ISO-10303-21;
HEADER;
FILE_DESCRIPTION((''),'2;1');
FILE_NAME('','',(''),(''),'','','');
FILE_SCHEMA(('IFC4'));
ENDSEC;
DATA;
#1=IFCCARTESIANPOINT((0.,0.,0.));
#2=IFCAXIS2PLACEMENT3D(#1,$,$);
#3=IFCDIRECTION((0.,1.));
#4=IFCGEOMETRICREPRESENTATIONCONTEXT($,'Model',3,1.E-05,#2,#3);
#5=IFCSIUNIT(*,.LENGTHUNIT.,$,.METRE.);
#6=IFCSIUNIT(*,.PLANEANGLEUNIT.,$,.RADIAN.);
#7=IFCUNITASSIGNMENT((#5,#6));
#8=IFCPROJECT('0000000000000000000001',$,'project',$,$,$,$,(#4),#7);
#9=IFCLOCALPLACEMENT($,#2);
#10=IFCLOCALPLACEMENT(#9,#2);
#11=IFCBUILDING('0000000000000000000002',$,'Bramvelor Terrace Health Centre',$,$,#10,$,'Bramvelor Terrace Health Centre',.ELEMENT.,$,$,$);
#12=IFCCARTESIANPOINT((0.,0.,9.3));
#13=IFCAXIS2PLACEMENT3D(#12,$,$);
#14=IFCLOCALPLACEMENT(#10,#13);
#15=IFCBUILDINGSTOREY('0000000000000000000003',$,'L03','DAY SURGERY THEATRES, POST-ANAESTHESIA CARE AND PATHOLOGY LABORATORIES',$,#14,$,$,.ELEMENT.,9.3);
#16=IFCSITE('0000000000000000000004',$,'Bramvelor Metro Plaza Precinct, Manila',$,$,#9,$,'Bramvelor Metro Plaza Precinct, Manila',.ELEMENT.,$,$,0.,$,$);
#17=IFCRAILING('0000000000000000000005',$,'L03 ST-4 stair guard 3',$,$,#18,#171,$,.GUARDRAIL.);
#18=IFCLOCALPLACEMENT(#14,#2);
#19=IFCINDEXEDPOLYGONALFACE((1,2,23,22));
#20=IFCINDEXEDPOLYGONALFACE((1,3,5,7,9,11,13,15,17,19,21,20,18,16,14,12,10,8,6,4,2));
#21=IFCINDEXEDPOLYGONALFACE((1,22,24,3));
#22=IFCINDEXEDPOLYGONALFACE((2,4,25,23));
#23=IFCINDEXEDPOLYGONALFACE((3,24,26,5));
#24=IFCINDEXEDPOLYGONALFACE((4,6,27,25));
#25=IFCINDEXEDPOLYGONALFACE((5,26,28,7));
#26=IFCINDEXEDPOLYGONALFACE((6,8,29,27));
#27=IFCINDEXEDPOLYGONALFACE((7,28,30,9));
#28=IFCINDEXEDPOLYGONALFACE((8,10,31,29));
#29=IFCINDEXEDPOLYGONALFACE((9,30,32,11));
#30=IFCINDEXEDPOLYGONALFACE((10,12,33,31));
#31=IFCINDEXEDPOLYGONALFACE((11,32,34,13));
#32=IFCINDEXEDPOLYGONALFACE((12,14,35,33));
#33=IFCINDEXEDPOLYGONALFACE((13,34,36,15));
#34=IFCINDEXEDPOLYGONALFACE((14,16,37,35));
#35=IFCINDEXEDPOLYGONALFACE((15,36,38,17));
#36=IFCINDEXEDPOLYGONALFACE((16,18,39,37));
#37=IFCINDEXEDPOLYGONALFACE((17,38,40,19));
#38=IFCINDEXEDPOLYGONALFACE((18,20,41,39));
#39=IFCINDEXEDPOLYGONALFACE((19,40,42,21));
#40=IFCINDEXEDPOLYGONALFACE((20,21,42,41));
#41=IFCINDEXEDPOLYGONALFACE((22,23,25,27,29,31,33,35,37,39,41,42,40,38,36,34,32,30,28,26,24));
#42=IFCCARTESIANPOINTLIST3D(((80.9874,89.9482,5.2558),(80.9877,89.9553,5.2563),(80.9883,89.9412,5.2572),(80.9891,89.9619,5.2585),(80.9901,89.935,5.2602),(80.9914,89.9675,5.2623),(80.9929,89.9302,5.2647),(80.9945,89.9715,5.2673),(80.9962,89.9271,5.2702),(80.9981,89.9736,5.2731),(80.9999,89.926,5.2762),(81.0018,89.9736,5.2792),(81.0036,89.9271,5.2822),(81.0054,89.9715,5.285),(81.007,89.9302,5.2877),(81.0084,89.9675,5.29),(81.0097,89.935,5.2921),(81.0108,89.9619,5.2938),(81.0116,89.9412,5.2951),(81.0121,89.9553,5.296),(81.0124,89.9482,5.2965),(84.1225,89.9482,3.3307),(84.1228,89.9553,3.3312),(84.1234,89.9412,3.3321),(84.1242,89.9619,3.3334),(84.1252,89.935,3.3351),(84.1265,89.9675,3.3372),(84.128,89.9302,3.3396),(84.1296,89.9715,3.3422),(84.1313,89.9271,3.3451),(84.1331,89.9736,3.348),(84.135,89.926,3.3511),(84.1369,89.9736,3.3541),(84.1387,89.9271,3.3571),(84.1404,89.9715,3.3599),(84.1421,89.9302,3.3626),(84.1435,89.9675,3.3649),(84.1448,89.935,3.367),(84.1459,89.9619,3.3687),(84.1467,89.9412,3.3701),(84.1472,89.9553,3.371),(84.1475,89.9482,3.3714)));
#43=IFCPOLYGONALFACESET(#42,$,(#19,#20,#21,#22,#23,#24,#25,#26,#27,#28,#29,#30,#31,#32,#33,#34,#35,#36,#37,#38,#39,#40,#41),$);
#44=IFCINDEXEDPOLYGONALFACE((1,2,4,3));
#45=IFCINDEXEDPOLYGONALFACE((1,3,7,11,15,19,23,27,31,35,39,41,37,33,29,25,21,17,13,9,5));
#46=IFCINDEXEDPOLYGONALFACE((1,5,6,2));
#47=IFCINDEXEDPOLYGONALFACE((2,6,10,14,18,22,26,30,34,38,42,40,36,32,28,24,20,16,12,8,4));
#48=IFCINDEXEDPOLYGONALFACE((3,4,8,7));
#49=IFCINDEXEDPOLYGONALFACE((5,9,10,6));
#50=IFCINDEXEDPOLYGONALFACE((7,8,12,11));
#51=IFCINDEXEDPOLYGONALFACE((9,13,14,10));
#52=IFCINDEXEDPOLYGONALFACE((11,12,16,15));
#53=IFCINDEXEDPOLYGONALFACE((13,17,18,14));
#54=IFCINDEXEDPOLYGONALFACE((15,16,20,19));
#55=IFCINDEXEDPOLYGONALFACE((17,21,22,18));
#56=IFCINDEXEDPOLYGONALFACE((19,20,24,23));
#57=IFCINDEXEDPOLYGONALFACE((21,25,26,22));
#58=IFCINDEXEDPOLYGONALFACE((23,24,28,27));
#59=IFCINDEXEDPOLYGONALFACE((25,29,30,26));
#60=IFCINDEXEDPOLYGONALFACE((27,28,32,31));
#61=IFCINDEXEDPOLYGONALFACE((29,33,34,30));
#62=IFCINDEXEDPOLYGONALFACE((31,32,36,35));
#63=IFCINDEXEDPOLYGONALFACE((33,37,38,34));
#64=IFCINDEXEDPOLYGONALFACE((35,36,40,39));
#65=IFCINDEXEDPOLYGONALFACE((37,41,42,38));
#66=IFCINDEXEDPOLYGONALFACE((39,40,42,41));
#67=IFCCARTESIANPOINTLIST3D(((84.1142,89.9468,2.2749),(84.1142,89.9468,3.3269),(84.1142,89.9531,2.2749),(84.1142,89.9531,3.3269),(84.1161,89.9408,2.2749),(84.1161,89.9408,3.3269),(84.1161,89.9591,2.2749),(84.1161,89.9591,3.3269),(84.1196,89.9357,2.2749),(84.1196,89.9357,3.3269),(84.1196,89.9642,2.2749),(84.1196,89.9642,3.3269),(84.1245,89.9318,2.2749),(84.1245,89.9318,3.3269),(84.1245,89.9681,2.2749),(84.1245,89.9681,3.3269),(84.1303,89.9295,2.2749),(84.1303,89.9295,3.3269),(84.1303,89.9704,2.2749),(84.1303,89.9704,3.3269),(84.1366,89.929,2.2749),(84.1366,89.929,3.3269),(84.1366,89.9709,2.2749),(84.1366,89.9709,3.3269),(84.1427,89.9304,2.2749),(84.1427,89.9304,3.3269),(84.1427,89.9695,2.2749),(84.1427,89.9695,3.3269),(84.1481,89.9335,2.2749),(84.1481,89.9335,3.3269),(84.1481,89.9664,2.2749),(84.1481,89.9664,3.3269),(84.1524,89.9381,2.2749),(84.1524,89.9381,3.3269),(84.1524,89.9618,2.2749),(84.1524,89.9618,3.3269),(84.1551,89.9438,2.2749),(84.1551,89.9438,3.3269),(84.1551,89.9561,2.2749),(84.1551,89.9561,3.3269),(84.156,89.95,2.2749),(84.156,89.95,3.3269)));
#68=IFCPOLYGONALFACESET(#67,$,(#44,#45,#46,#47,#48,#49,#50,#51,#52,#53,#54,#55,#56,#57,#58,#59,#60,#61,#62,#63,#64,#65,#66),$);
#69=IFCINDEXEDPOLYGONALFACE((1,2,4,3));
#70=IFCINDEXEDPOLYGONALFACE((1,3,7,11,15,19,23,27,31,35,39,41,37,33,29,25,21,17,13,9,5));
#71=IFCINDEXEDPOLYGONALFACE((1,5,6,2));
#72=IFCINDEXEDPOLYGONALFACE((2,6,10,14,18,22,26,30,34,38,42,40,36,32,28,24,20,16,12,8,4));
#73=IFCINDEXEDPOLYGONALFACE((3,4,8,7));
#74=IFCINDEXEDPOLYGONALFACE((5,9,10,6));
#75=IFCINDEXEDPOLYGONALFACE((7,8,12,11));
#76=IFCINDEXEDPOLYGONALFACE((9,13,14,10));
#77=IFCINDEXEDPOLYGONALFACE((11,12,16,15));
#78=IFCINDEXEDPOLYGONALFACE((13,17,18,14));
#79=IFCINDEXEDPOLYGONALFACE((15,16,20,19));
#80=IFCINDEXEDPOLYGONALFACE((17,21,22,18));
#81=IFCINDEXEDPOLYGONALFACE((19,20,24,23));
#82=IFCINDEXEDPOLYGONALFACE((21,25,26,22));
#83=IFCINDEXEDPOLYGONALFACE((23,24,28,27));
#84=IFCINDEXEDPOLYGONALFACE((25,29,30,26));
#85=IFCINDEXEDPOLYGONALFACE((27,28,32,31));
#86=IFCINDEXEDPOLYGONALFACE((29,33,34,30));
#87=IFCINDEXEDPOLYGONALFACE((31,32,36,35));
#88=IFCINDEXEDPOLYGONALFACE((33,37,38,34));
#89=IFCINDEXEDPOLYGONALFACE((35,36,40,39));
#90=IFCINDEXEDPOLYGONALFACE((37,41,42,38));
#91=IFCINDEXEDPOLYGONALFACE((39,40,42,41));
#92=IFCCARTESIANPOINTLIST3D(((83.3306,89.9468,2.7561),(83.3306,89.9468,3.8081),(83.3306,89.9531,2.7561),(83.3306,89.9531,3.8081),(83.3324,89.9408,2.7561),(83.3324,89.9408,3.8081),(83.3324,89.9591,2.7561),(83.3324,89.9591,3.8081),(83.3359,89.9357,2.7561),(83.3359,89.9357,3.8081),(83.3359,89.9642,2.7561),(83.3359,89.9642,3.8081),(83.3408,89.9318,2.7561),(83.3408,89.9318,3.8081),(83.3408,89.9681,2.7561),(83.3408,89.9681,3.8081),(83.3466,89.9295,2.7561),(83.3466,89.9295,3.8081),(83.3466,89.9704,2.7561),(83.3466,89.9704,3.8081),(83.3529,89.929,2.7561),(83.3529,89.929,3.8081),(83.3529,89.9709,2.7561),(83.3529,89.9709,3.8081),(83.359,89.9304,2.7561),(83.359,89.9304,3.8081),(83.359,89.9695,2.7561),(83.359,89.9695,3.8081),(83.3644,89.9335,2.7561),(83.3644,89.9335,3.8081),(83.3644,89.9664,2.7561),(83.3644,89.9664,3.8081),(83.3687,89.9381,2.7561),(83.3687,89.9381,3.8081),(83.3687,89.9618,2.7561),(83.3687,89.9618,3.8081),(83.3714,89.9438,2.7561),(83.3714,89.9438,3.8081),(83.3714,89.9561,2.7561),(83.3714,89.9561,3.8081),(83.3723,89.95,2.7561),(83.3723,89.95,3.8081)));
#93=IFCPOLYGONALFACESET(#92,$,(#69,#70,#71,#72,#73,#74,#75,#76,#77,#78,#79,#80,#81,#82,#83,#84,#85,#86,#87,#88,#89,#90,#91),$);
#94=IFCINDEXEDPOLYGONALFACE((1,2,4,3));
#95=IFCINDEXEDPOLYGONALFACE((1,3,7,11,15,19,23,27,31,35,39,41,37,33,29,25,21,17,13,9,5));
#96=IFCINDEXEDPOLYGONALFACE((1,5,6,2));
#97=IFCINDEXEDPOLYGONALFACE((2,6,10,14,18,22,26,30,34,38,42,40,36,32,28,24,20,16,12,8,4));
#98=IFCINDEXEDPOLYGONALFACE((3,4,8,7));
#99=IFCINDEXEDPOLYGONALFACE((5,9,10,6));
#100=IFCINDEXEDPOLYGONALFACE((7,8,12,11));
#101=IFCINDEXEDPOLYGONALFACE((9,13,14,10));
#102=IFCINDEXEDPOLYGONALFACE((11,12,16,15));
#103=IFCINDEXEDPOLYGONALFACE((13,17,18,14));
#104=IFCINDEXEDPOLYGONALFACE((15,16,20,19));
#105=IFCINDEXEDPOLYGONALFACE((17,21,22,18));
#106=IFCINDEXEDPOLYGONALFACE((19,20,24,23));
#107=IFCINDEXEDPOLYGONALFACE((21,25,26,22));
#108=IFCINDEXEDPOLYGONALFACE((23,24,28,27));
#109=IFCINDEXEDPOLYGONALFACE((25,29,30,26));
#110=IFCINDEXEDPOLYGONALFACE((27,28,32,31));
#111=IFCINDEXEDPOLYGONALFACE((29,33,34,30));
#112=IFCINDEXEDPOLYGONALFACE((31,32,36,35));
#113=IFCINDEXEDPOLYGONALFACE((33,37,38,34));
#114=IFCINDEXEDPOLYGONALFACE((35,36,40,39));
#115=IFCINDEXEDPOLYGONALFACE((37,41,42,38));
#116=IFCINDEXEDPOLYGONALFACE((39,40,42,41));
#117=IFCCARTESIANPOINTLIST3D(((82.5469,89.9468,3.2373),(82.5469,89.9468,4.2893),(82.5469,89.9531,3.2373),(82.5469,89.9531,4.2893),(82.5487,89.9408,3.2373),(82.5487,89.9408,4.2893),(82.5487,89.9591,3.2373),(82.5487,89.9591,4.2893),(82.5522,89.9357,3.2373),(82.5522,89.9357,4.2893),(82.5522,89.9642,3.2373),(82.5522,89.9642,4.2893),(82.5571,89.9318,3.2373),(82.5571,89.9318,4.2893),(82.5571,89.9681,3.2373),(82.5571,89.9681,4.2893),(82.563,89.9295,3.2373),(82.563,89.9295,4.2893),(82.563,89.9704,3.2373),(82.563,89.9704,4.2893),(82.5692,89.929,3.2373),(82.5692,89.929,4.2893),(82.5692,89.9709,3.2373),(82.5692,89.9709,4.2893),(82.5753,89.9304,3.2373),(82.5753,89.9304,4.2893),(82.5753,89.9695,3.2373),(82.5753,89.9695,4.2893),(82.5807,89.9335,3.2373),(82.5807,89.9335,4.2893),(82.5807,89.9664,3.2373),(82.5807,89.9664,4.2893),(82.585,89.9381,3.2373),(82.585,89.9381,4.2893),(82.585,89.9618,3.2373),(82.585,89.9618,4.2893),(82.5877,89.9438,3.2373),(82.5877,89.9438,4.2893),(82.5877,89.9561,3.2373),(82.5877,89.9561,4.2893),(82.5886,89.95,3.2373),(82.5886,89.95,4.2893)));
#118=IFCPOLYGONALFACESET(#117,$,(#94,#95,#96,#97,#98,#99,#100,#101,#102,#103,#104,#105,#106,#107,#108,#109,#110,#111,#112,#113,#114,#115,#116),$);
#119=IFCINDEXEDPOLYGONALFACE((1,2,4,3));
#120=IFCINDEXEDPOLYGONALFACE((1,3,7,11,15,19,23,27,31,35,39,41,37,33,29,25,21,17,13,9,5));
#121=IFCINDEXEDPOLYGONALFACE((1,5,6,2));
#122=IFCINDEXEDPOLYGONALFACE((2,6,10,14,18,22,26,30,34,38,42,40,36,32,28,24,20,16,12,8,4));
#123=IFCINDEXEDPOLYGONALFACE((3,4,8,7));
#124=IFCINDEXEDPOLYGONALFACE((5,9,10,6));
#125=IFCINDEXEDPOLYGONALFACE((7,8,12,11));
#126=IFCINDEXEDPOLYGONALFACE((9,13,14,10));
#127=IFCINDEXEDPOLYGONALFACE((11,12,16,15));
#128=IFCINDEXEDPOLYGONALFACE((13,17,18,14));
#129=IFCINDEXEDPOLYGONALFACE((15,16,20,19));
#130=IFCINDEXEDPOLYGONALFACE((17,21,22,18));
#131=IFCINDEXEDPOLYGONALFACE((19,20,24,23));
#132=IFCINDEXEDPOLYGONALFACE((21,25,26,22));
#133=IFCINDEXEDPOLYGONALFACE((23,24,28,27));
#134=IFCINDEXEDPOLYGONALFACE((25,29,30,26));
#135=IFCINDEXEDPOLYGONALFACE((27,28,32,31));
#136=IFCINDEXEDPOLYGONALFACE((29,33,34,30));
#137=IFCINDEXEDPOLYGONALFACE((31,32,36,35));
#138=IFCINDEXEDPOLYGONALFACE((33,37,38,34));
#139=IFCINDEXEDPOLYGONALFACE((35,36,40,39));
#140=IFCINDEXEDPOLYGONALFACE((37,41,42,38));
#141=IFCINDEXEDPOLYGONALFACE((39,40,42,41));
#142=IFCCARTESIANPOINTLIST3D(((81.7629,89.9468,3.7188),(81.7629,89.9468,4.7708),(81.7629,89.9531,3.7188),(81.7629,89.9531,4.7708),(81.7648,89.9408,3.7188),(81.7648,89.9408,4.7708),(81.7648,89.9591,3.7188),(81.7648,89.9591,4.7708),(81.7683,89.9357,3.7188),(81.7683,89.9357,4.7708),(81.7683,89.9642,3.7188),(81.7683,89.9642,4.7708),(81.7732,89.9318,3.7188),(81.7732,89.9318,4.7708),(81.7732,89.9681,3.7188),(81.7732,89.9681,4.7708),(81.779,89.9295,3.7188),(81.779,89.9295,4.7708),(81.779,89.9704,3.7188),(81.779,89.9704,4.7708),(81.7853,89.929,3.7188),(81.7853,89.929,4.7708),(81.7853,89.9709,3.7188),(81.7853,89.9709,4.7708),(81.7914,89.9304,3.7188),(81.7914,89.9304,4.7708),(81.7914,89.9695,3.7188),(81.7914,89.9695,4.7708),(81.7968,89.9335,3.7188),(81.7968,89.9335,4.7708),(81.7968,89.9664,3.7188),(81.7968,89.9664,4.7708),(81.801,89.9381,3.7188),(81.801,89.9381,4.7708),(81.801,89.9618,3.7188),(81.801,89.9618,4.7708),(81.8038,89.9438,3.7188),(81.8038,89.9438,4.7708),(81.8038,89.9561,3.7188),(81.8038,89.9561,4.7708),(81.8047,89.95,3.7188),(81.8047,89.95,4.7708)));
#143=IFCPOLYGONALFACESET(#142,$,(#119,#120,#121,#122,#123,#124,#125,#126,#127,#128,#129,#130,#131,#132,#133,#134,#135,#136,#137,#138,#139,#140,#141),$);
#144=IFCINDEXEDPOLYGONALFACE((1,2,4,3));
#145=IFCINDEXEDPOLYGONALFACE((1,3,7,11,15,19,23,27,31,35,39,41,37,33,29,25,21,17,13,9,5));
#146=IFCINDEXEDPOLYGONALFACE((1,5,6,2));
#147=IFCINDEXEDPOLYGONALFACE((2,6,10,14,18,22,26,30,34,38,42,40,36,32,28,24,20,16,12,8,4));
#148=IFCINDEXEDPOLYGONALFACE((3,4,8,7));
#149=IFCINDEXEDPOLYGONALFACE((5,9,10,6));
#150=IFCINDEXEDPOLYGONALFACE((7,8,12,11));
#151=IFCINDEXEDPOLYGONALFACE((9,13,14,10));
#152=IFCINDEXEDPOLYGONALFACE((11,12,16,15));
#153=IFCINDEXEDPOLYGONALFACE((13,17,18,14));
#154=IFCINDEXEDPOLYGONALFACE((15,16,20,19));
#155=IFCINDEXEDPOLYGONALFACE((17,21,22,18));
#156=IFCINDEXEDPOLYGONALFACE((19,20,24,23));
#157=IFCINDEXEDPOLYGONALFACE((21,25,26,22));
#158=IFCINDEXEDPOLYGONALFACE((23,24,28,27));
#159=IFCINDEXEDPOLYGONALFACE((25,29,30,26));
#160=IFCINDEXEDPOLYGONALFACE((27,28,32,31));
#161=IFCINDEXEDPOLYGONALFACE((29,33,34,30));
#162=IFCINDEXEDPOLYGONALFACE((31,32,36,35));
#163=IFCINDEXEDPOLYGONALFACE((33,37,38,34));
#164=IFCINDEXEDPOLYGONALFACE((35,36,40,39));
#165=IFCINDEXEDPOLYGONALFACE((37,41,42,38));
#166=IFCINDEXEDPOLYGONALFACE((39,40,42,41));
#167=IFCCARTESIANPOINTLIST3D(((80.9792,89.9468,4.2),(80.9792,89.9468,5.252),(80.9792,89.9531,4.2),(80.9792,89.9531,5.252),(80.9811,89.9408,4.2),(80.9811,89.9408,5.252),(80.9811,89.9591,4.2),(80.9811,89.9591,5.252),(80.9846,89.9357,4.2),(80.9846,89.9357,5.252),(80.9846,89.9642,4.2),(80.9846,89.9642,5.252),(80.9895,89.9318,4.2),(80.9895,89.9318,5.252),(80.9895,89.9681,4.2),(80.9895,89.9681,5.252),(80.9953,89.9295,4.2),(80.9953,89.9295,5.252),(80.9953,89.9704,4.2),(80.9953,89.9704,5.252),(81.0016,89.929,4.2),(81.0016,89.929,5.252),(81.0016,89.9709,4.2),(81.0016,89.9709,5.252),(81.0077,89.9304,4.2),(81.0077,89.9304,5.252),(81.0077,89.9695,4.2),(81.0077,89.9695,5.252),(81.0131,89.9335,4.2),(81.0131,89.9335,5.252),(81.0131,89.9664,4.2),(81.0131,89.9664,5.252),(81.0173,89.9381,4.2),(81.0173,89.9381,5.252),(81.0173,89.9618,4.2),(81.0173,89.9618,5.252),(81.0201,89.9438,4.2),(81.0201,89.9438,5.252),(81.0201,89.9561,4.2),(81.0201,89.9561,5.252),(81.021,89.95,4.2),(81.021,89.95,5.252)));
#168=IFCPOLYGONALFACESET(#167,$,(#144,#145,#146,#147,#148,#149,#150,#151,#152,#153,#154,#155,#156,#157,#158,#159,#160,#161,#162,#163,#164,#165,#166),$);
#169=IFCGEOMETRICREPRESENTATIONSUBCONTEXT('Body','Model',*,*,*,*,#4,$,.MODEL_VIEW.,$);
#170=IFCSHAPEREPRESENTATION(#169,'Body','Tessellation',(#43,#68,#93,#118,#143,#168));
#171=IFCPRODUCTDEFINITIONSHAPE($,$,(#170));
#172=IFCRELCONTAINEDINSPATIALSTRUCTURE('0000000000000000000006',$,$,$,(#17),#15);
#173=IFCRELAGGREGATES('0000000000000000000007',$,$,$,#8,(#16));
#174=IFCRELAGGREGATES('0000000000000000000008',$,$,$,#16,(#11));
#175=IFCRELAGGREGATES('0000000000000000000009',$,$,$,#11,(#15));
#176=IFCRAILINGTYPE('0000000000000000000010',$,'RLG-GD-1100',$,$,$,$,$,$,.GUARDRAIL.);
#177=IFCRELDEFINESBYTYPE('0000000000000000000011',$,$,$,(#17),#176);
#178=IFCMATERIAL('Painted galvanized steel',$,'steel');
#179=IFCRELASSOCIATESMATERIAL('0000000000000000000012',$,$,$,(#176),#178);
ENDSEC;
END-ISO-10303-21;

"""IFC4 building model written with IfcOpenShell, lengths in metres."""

from ifc_helpers import new_model, si_unit, direction, frame, origin, origin_2d, place, context, subcontext, project, spatial, circle, extrude, material, type_object, element, save


model = new_model("IFC4")

# Units and contexts
model_context = context("Model", 3, precision=1e-05, world=origin(), true_north=direction((0.0, 1.0)))
body_context = subcontext(model_context, "Body", "Model", "MODEL_VIEW")
ifc_project = project(units=[si_unit("LENGTHUNIT", "METRE"), si_unit("PLANEANGLEUNIT", "RADIAN")], contexts=[model_context])

# Site, building, storey
site_placement = place(None, origin())
site = spatial("IfcSite", under=ifc_project, at=site_placement, Name="Bramvelor Metro Plaza Precinct, Manila", LongName="Bramvelor Metro Plaza Precinct, Manila", CompositionType="ELEMENT", RefElevation=0.0)
building_placement = place(site_placement, origin())
building = spatial("IfcBuilding", under=site, at=building_placement, Name="Bramvelor Terrace Health Centre", LongName="Bramvelor Terrace Health Centre", CompositionType="ELEMENT")
storey_placement = place(building_placement, frame((0.0, 0.0, 9.3)))
storey = spatial("IfcBuildingStorey", under=building, at=storey_placement, Name="L03", Description="DAY SURGERY THEATRES, POST-ANAESTHESIA CARE AND PATHOLOGY LABORATORIES", CompositionType="ELEMENT", Elevation=9.3)

# Railing
ifc_material_1 = material(Name="Painted galvanized steel", Category="steel")
railing_type_1 = type_object("IfcRailingType", Name="RLG-GD-1100", PredefinedType="GUARDRAIL", material=ifc_material_1)
railing_1_placement = place(storey_placement, frame((84.135, 89.95, 2.2749)))
element("IfcRailing", 1, at=railing_1_placement, inside=storey, type_object=railing_type_1, Name="L03 ST-4 stair guard 3", PredefinedType="GUARDRAIL", context=body_context, shape_type="SweptSolid", body=[
    extrude(circle(Radius=0.0239, at=origin_2d()), frame((0.0, 0.0, 1.0762), z_axis=(-0.852166, 0.0, 0.523271), x_axis=(0.0, -1.0, 0.0)), (0.0, 0.0, 1.0), 3.679),
    extrude(circle(Radius=0.021, at=origin_2d()), origin(), (0.0, 0.0, 1.0), 1.052),
    extrude(circle(Radius=0.021, at=origin_2d()), frame((-0.7837, 0.0, 0.4812)), (0.0, 0.0, 1.0), 1.052),
    extrude(circle(Radius=0.021, at=origin_2d()), frame((-1.5674, 0.0, 0.9624)), (0.0, 0.0, 1.0), 1.052),
    extrude(circle(Radius=0.021, at=origin_2d()), frame((-2.3513, 0.0, 1.4438)), (0.0, 0.0, 1.0), 1.052),
    extrude(circle(Radius=0.021, at=origin_2d()), frame((-3.135, 0.0, 1.925)), (0.0, 0.0, 1.0), 1.052),
])

save(model, "model.ifc")
